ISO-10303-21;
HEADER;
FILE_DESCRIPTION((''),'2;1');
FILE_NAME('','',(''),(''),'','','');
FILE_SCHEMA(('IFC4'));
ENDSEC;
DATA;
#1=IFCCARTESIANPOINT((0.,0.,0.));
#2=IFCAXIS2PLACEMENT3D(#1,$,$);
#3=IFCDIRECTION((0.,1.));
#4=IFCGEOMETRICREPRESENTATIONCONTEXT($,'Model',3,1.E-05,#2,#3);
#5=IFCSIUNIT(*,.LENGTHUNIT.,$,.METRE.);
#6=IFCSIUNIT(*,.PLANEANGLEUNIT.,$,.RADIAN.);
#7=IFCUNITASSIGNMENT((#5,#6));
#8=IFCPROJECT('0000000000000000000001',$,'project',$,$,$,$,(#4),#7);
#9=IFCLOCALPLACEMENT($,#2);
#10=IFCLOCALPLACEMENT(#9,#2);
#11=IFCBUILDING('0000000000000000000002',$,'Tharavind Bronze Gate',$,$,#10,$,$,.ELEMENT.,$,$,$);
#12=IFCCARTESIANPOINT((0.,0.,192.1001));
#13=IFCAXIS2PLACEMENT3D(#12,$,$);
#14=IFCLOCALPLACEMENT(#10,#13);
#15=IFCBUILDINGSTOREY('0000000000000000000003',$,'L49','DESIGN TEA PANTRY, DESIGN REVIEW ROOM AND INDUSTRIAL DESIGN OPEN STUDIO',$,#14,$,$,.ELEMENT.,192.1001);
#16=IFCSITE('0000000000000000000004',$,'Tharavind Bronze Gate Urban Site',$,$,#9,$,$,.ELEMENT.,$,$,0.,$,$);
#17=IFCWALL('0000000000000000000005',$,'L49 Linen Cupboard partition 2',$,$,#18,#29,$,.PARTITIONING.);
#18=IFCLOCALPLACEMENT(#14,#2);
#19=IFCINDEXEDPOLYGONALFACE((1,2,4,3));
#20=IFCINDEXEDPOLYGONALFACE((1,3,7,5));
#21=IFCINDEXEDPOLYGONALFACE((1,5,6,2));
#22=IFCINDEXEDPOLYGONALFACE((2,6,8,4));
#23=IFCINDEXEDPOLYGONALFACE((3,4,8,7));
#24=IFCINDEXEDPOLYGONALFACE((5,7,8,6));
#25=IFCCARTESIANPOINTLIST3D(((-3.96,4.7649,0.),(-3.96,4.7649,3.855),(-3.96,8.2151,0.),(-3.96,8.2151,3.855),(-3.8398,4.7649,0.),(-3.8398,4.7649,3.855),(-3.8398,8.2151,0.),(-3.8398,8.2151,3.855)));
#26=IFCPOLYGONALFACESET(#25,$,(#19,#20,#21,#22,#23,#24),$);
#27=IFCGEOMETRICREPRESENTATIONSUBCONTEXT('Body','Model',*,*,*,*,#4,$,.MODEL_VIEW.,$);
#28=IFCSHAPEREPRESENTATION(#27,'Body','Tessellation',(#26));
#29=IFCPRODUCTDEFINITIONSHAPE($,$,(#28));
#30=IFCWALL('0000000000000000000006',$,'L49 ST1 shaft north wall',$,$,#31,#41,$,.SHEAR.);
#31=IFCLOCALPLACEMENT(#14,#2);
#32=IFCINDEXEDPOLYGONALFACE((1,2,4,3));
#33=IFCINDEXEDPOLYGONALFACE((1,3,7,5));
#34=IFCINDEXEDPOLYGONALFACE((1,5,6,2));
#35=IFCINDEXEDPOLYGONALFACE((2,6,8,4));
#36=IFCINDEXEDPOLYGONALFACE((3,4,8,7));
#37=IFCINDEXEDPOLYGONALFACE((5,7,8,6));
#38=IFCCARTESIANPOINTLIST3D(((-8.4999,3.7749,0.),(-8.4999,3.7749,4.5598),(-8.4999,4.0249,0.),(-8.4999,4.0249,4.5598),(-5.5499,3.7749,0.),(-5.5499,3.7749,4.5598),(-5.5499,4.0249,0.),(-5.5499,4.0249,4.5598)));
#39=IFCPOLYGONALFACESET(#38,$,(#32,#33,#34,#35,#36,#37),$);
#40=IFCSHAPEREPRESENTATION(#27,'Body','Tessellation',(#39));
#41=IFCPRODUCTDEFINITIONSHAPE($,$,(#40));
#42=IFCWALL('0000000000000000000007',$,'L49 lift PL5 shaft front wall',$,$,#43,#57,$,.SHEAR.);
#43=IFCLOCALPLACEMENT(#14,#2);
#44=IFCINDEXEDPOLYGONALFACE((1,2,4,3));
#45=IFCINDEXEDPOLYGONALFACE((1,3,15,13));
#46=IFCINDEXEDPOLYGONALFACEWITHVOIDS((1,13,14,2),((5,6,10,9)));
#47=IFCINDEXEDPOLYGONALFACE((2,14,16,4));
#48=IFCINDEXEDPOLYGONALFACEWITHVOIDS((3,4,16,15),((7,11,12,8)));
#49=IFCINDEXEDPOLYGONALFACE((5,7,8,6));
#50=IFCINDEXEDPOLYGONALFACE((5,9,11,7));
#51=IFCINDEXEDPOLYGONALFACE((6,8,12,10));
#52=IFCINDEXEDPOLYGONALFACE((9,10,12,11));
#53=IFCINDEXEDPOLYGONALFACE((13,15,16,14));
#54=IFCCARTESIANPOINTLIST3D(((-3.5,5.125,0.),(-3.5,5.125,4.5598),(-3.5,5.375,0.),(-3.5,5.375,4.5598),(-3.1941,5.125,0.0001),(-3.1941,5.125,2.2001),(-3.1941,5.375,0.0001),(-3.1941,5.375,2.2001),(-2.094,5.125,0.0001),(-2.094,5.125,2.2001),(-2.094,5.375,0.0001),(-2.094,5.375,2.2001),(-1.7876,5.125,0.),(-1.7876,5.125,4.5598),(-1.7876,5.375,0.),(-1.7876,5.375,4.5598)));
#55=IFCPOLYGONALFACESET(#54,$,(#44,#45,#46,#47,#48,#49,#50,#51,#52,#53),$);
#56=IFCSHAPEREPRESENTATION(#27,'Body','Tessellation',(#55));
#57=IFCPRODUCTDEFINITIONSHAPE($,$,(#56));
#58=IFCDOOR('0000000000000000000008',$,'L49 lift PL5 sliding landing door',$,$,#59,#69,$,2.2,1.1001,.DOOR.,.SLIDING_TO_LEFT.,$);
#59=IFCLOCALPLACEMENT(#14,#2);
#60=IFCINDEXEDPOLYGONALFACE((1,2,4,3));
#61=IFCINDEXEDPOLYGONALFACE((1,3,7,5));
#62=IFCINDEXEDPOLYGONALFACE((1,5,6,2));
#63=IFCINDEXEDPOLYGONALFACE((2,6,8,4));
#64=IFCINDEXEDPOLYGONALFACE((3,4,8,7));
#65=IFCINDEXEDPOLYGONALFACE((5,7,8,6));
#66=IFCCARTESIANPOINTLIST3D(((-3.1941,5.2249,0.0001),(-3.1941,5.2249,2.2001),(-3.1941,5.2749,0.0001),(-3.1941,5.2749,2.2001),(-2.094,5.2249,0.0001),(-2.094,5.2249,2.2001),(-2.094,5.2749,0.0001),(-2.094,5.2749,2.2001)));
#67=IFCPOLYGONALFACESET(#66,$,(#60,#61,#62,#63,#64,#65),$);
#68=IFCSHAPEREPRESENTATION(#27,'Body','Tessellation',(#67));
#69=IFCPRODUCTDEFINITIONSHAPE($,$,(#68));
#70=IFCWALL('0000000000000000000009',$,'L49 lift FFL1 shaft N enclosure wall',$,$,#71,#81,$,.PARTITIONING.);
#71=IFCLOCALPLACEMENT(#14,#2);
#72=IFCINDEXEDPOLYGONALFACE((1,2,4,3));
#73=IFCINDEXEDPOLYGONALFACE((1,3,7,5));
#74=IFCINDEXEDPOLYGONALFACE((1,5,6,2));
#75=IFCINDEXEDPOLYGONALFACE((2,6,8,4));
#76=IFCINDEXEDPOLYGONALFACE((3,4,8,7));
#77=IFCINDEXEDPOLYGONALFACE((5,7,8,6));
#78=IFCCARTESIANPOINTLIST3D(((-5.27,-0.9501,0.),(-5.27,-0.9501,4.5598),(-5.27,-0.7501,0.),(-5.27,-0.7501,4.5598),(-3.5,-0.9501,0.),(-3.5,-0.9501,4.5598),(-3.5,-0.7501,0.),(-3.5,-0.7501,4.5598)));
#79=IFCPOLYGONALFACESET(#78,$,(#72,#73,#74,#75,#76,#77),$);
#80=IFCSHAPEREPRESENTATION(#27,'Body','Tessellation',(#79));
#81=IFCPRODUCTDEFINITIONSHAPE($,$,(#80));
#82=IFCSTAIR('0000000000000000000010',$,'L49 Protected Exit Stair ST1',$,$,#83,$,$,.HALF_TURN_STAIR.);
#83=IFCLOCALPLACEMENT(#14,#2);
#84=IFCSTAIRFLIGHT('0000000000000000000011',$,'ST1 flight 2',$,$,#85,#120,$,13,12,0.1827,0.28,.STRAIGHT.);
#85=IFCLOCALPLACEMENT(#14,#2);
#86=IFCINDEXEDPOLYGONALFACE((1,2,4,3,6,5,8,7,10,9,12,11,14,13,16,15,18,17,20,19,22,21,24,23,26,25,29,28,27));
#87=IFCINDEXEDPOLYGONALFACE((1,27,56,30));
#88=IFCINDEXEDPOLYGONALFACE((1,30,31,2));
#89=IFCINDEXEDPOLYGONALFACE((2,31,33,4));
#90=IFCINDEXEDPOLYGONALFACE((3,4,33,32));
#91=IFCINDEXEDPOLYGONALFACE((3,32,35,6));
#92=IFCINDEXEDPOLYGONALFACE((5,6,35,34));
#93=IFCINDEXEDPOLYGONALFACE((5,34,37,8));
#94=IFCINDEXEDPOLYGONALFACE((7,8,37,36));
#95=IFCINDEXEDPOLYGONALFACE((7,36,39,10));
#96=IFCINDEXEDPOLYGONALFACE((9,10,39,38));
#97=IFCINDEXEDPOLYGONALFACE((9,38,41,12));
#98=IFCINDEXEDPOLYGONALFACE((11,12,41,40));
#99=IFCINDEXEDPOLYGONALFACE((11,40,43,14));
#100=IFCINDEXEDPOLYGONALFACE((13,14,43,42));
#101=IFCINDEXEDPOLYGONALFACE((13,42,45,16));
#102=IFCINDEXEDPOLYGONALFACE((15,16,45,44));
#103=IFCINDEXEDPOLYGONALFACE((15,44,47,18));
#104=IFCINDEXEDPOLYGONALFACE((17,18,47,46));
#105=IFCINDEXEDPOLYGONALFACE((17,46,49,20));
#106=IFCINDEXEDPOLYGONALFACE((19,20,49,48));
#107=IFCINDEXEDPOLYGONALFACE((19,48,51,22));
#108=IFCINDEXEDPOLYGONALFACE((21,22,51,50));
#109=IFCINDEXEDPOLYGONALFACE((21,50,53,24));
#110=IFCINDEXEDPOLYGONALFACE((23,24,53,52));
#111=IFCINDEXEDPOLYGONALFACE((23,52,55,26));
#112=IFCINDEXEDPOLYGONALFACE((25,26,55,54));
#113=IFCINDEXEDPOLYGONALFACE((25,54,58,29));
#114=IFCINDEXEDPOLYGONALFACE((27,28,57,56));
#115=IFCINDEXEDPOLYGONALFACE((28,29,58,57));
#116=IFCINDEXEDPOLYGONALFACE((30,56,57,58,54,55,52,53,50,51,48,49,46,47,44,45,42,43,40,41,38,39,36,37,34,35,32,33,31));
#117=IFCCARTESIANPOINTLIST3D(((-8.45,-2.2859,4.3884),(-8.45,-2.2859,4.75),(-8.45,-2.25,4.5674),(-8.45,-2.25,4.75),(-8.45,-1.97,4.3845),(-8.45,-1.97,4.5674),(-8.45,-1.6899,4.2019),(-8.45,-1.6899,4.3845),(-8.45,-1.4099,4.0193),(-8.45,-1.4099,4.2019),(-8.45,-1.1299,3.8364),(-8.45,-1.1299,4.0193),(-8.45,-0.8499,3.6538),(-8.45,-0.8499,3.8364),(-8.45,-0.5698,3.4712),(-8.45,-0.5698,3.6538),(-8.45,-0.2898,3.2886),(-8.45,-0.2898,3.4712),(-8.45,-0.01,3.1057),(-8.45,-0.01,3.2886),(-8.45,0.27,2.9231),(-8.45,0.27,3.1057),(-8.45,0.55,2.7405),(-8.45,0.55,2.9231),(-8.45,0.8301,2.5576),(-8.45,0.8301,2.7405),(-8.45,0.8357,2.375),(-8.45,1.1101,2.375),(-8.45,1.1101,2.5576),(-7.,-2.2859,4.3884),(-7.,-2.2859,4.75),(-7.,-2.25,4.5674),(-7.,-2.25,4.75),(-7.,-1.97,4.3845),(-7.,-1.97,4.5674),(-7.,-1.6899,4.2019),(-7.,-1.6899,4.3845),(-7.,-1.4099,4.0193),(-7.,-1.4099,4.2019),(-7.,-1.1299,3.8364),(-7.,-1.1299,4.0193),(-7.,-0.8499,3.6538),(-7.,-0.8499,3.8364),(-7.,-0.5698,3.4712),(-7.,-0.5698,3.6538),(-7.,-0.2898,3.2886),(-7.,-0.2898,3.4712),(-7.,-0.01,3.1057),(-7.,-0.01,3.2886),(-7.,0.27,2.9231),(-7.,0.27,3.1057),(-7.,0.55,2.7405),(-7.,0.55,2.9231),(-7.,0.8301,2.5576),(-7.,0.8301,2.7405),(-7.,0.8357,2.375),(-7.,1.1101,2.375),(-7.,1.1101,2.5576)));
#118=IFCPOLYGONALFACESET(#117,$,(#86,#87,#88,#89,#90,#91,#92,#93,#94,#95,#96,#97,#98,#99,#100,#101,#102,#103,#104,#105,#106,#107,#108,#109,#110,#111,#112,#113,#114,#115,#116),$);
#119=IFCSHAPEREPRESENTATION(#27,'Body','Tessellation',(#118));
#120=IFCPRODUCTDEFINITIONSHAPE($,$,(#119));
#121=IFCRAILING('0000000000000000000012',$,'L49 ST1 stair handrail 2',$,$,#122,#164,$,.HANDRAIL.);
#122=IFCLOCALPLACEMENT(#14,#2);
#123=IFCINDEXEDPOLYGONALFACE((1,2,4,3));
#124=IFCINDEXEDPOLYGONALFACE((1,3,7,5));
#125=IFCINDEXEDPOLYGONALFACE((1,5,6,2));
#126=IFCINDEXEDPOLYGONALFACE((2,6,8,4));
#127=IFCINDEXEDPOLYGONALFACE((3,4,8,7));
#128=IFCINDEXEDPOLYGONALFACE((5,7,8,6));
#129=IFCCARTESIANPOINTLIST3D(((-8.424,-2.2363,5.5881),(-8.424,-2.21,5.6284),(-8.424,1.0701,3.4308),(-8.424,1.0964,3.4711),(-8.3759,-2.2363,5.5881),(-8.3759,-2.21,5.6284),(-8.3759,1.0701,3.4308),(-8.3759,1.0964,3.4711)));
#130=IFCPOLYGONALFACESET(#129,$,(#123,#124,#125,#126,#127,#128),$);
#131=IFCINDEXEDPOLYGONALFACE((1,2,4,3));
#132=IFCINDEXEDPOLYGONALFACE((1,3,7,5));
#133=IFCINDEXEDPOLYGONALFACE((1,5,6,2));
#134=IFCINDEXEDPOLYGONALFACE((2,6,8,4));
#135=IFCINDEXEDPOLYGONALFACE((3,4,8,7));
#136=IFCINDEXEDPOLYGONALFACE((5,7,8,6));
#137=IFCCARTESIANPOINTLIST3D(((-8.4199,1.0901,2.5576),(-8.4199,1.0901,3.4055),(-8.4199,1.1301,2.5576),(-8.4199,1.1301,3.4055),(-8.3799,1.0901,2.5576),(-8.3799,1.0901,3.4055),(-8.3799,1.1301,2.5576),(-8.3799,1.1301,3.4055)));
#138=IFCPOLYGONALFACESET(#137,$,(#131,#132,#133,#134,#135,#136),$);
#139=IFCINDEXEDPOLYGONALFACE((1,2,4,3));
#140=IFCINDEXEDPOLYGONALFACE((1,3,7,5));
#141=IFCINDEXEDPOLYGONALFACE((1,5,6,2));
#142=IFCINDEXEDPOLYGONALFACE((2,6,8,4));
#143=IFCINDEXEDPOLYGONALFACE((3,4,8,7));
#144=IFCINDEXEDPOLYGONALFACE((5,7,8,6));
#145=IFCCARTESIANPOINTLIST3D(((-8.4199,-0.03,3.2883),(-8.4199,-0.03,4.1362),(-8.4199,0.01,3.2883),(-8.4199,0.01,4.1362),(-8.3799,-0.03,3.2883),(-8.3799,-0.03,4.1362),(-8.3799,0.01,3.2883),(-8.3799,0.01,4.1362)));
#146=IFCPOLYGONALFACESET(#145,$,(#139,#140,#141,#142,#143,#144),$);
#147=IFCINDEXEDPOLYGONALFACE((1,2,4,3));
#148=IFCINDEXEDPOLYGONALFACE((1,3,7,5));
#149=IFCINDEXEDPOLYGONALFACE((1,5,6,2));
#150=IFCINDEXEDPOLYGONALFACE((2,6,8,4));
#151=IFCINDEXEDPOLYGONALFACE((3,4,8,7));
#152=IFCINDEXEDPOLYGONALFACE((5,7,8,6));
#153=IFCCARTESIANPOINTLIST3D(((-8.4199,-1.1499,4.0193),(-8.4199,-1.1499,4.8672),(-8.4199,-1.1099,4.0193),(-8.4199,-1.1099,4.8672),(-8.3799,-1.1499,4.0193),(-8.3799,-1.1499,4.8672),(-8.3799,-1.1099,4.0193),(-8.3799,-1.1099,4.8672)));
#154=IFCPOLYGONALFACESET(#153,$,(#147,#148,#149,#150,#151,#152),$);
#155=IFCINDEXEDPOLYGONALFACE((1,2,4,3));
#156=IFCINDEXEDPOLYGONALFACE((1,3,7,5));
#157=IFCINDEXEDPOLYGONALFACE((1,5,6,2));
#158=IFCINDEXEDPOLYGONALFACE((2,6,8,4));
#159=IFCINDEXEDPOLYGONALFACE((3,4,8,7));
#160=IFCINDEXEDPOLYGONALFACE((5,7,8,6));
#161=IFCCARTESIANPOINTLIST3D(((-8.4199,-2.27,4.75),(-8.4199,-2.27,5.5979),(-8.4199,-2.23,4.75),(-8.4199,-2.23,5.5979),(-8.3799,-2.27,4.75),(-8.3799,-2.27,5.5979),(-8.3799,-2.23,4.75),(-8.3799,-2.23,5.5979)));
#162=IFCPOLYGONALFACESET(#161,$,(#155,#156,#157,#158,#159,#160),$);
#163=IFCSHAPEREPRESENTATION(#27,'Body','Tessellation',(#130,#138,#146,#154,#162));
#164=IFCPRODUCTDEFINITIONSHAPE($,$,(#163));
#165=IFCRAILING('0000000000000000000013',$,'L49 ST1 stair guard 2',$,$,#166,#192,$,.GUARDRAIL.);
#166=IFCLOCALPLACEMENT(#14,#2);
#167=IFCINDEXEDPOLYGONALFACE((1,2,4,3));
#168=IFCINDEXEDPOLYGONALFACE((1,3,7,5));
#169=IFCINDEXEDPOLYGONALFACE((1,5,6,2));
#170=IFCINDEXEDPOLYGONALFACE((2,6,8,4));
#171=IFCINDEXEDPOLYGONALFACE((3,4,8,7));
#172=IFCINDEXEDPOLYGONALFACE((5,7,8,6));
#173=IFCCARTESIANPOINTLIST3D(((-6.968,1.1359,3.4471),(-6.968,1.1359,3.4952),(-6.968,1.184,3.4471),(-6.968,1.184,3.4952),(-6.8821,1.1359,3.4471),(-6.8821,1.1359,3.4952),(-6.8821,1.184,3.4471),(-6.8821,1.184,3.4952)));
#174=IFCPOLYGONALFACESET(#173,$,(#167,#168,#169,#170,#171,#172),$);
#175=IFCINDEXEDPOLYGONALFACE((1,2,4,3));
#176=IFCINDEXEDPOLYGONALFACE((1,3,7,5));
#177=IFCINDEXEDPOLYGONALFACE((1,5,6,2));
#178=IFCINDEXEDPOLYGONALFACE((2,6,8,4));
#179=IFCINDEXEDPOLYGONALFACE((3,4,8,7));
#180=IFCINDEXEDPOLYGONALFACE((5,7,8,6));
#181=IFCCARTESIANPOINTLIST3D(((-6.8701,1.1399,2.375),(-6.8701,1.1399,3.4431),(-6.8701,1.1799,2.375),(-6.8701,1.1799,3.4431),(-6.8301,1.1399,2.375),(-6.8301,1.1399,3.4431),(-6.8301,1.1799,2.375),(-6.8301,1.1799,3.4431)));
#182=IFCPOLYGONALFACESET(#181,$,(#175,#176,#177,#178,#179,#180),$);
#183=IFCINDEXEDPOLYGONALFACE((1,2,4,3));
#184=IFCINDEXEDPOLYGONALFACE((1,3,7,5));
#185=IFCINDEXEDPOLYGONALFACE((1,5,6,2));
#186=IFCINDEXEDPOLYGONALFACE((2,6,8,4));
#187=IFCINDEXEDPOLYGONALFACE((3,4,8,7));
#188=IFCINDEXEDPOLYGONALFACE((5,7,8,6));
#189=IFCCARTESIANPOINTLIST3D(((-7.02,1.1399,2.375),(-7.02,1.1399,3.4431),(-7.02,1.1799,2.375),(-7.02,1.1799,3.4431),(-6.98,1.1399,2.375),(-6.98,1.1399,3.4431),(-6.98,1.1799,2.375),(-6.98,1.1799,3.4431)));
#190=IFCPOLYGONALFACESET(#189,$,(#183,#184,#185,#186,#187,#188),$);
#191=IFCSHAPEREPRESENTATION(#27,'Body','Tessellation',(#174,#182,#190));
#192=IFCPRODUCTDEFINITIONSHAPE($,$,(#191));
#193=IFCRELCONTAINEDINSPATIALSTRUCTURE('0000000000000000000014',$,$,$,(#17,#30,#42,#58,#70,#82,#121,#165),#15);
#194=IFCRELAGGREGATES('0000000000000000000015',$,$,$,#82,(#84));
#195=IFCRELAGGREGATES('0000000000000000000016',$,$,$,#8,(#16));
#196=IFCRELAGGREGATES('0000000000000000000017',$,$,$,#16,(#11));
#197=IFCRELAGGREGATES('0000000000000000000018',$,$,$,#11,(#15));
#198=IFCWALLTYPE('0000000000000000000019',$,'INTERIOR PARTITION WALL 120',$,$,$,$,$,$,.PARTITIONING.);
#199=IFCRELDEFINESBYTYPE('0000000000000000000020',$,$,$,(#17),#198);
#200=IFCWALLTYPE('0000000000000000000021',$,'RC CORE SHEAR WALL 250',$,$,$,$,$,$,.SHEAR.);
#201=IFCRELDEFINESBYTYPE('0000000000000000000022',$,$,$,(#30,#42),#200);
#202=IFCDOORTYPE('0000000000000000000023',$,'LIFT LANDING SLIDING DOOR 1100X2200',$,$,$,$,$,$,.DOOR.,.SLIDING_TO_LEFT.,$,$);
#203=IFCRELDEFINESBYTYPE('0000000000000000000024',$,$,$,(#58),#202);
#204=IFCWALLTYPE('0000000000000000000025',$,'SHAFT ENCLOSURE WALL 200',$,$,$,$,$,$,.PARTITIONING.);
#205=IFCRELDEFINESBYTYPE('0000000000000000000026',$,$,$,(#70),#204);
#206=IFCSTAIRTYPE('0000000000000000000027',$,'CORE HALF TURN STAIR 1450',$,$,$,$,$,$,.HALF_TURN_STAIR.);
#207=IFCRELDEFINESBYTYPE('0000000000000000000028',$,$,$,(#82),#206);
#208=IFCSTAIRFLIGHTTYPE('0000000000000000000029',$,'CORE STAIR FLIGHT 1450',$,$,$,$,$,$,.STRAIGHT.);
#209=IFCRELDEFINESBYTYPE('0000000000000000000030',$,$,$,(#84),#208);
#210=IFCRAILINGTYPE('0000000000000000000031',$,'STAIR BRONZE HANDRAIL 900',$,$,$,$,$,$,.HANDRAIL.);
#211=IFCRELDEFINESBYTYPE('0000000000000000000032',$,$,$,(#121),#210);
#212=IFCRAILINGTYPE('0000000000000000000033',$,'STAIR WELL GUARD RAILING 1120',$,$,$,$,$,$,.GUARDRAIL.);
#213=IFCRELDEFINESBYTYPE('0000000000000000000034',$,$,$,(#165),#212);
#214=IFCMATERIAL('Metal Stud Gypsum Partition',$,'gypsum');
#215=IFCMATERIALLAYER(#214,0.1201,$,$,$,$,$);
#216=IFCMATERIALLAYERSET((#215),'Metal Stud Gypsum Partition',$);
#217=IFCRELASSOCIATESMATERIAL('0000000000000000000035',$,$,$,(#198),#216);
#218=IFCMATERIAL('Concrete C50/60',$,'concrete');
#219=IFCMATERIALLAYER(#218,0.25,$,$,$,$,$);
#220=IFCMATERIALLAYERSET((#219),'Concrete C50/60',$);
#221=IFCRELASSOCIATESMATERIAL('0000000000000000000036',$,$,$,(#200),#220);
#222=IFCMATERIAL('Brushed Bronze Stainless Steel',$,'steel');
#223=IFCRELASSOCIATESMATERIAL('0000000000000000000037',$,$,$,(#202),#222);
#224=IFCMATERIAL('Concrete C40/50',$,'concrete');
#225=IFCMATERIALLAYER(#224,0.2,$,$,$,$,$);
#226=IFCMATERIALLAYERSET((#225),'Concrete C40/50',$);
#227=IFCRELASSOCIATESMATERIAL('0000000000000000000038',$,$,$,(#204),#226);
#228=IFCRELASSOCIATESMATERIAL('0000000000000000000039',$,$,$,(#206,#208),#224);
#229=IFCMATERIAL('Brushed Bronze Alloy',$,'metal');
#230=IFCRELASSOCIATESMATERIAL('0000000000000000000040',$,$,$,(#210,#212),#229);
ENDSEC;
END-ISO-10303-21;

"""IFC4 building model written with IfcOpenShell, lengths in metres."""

from ifc_helpers import new_model, si_unit, direction, frame, frame_2d, origin, origin_2d, place, context, subcontext, project, spatial, polyline, rectangle, outline, extrude, material, layer, layer_set, type_object, element, fill, aggregate, save


model = new_model("IFC4")

# Units and contexts
model_context = context("Model", 3, precision=1e-05, world=origin(), true_north=direction((0.0, 1.0)))
body_context = subcontext(model_context, "Body", "Model", "MODEL_VIEW")
ifc_project = project(units=[si_unit("LENGTHUNIT", "METRE"), si_unit("PLANEANGLEUNIT", "RADIAN")], contexts=[model_context])

# Site, building, storey
site_placement = place(None, origin())
site = spatial("IfcSite", under=ifc_project, at=site_placement, Name="Tharavind Bronze Gate Urban Site", CompositionType="ELEMENT", RefElevation=0.0)
building_placement = place(site_placement, origin())
building = spatial("IfcBuilding", under=site, at=building_placement, Name="Tharavind Bronze Gate", CompositionType="ELEMENT")
storey_placement = place(building_placement, frame((0.0, 0.0, 192.1001)))
storey = spatial("IfcBuildingStorey", under=building, at=storey_placement, Name="L49", Description="DESIGN TEA PANTRY, DESIGN REVIEW ROOM AND INDUSTRIAL DESIGN OPEN STUDIO", CompositionType="ELEMENT", Elevation=192.1001)

# Shared definitions
ifc_material_1 = material(Name="Metal Stud Gypsum Partition", Category="gypsum")
ifc_layer_1 = layer(ifc_material_1, 0.1201)
ifc_layer_set_1 = layer_set([ifc_layer_1], Name="Metal Stud Gypsum Partition")
wall_type_1 = type_object("IfcWallType", Name="INTERIOR PARTITION WALL 120", PredefinedType="PARTITIONING", material=ifc_layer_set_1)

# Walls
wall_1_placement = place(storey_placement, frame((-3.8999, 4.7649, 0.0), z_axis=(0.0, 0.0, 1.0), x_axis=(0.0, 1.0, 0.0)))
element("IfcWall", 1, at=wall_1_placement, inside=storey, type_object=wall_type_1, Name="L49 Linen Cupboard partition 2", PredefinedType="PARTITIONING", context=body_context, shape_type="SweptSolid", body=[
    extrude(rectangle(XDim=3.4502, YDim=0.1201, at=frame_2d((1.7251, 0.0))), origin(), (0.0, 0.0, 1.0), 3.855),
])
ifc_material_2 = material(Name="Concrete C50/60", Category="concrete")
ifc_layer_2 = layer(ifc_material_2, 0.25)
ifc_layer_set_2 = layer_set([ifc_layer_2], Name="Concrete C50/60")
wall_type_2 = type_object("IfcWallType", Name="RC CORE SHEAR WALL 250", PredefinedType="SHEAR", material=ifc_layer_set_2)
wall_2_placement = place(storey_placement, frame((-8.5, 3.8999, 0.0), z_axis=(0.0, 0.0, 1.0), x_axis=(1.0, 0.0, 0.0)))
element("IfcWall", 2, at=wall_2_placement, inside=storey, type_object=wall_type_2, Name="L49 ST1 shaft north wall", PredefinedType="SHEAR", context=body_context, shape_type="SweptSolid", body=[
    extrude(rectangle(XDim=2.95, YDim=0.25, at=frame_2d((1.4751, 0.0))), origin(), (0.0, 0.0, 1.0), 4.5598),
])

# Wall, opening, door
wall_3_placement = place(storey_placement, frame((-3.5, 5.25, 0.0), z_axis=(0.0, 0.0, 1.0), x_axis=(1.0, 0.0, 0.0)))
wall_3 = element("IfcWall", 3, at=wall_3_placement, inside=storey, type_object=wall_type_2, Name="L49 lift PL5 shaft front wall", PredefinedType="SHEAR", context=body_context, shape_type="SweptSolid", body=[
    extrude(rectangle(XDim=1.7124, YDim=0.25, at=frame_2d((0.8562, 0.0))), origin(), (0.0, 0.0, 1.0), 4.5598),
])
opening_1_placement = place(wall_3_placement, frame((0.3059, 0.0, 0.0)))
opening_1 = element("IfcOpeningElement", 4, at=opening_1_placement, cuts=wall_3, PredefinedType="OPENING", context=body_context, shape_type="SweptSolid", body=[
    extrude(rectangle(XDim=1.1001, YDim=2.2, at=frame_2d((0.55, 1.1001))), frame((0.0, 0.135, 0.0), z_axis=(0.0, -1.0, 0.0), x_axis=(1.0, 0.0, 0.0)), (0.0, 0.0, 1.0), 0.27),
])
ifc_material_3 = material(Name="Brushed Bronze Stainless Steel", Category="steel")
door_type_1 = type_object("IfcDoorType", Name="LIFT LANDING SLIDING DOOR 1100X2200", OperationType="SLIDING_TO_LEFT", PredefinedType="DOOR", material=ifc_material_3)
door_1_placement = place(opening_1_placement, origin())
door_1 = element("IfcDoor", 5, at=door_1_placement, inside=storey, type_object=door_type_1, Name="L49 lift PL5 sliding landing door", OperationType="SLIDING_TO_LEFT", OverallHeight=2.2, OverallWidth=1.1001, PredefinedType="DOOR", context=body_context, shape_type="SweptSolid", body=[
    extrude(rectangle(XDim=1.1001, YDim=2.2, at=frame_2d((0.55, 1.1001))), frame((0.0, 0.0249, 0.0), z_axis=(0.0, -1.0, 0.0), x_axis=(1.0, 0.0, 0.0)), (0.0, 0.0, 1.0), 0.05),
])
fill(opening_1, door_1)

# Wall
ifc_material_4 = material(Name="Concrete C40/50", Category="concrete")
ifc_layer_3 = layer(ifc_material_4, 0.2)
ifc_layer_set_3 = layer_set([ifc_layer_3], Name="Concrete C40/50")
wall_type_3 = type_object("IfcWallType", Name="SHAFT ENCLOSURE WALL 200", PredefinedType="PARTITIONING", material=ifc_layer_set_3)
wall_4_placement = place(storey_placement, frame((-5.27, -0.8501, 0.0), z_axis=(0.0, 0.0, 1.0), x_axis=(1.0, 0.0, 0.0)))
element("IfcWall", 6, at=wall_4_placement, inside=storey, type_object=wall_type_3, Name="L49 lift FFL1 shaft N enclosure wall", PredefinedType="PARTITIONING", context=body_context, shape_type="SweptSolid", body=[
    extrude(rectangle(XDim=1.77, YDim=0.2, at=frame_2d((0.885, 0.0))), origin(), (0.0, 0.0, 1.0), 4.5598),
])

# Stair, stair flight
stair_type = type_object("IfcStairType", Name="CORE HALF TURN STAIR 1450", PredefinedType="HALF_TURN_STAIR", material=ifc_material_4)
stair_placement = place(storey_placement, origin())
stair = element("IfcStair", 7, at=stair_placement, inside=storey, type_object=stair_type, Name="L49 Protected Exit Stair ST1", PredefinedType="HALF_TURN_STAIR")
stair_flight_type = type_object("IfcStairFlightType", Name="CORE STAIR FLIGHT 1450", PredefinedType="STRAIGHT", material=ifc_material_4)
stair_flight_placement = place(storey_placement, frame((-7.7251, 1.1101, 2.375), z_axis=(0.0, 0.0, 1.0), x_axis=(0.0, -1.0, 0.0)))
stair_flight = element("IfcStairFlight", 8, at=stair_flight_placement, type_object=stair_flight_type, Name="ST1 flight 2", NumberOfRisers=13, NumberOfTreads=12, PredefinedType="STRAIGHT", RiserHeight=0.1827, TreadLength=0.28, context=body_context, shape_type="SweptSolid", body=[
    extrude(outline(polyline([(0.0, 0.0), (0.0, 0.1826), (0.28, 0.1826), (0.28, 0.3655), (0.5601, 0.3655), (0.5601, 0.5481), (0.8401, 0.5481), (0.8401, 0.7307), (1.1201, 0.7307), (1.1201, 0.9136), (1.3999, 0.9136), (1.3999, 1.0962), (1.6799, 1.0962), (1.6799, 1.2788), (1.96, 1.2788), (1.96, 1.4614), (2.24, 1.4614), (2.24, 1.6443), (2.52, 1.6443), (2.52, 1.8269), (2.8, 1.8269), (2.8, 2.0095), (3.0801, 2.0095), (3.0801, 2.1924), (3.3601, 2.1924), (3.3601, 2.375), (3.396, 2.375), (3.396, 2.0134), (0.2744, 0.0), (0.0, 0.0)])), frame((0.0, 0.7251, 0.0), z_axis=(0.0, -1.0, 0.0), x_axis=(1.0, 0.0, 0.0)), (0.0, 0.0, 1.0), 1.45),
])
aggregate(stair, [stair_flight])

# Railings
ifc_material_5 = material(Name="Brushed Bronze Alloy", Category="metal")
railing_type_1 = type_object("IfcRailingType", Name="STAIR BRONZE HANDRAIL 900", PredefinedType="HANDRAIL", material=ifc_material_5)
railing_1_placement = place(storey_placement, frame((-8.3999, 1.1101, 2.5576)))
element("IfcRailing", 9, at=railing_1_placement, inside=storey, type_object=railing_type_1, Name="L49 ST1 stair handrail 2", PredefinedType="HANDRAIL", context=body_context, shape_type="SweptSolid", body=[
    extrude(rectangle(XDim=0.0481, YDim=0.0481, at=origin_2d()), frame((0.0, -0.0269, 0.8933), z_axis=(0.0, -0.837496, 0.546444), x_axis=(1.0, 0.0, 0.0)), (0.0, 0.0, 1.0), 3.948),
    extrude(rectangle(XDim=0.04, YDim=0.04, at=origin_2d()), origin(), (0.0, 0.0, 1.0), 0.8479),
    extrude(rectangle(XDim=0.04, YDim=0.04, at=origin_2d()), frame((0.0, -1.1201, 0.7307)), (0.0, 0.0, 1.0), 0.8479),
    extrude(rectangle(XDim=0.04, YDim=0.04, at=origin_2d()), frame((0.0, -2.24, 1.4617)), (0.0, 0.0, 1.0), 0.8479),
    extrude(rectangle(XDim=0.04, YDim=0.04, at=origin_2d()), frame((0.0, -3.3601, 2.1924)), (0.0, 0.0, 1.0), 0.8479),
])
railing_type_2 = type_object("IfcRailingType", Name="STAIR WELL GUARD RAILING 1120", PredefinedType="GUARDRAIL", material=ifc_material_5)
railing_2_placement = place(storey_placement, frame((-6.8501, 1.1599, 2.375)))
element("IfcRailing", 10, at=railing_2_placement, inside=storey, type_object=railing_type_2, Name="L49 ST1 stair guard 2", PredefinedType="GUARDRAIL", context=body_context, shape_type="SweptSolid", body=[
    extrude(rectangle(XDim=0.0481, YDim=0.0481, at=origin_2d()), frame((-0.032, 0.0, 1.0962), z_axis=(-1.0, 0.0, 0.0), x_axis=(0.0, -1.0, 0.0)), (0.0, 0.0, 1.0), 0.0859),
    extrude(rectangle(XDim=0.04, YDim=0.04, at=origin_2d()), origin(), (0.0, 0.0, 1.0), 1.0681),
    extrude(rectangle(XDim=0.04, YDim=0.04, at=origin_2d()), frame((-0.1499, 0.0, 0.0)), (0.0, 0.0, 1.0), 1.0681),
])

save(model, "model.ifc")
